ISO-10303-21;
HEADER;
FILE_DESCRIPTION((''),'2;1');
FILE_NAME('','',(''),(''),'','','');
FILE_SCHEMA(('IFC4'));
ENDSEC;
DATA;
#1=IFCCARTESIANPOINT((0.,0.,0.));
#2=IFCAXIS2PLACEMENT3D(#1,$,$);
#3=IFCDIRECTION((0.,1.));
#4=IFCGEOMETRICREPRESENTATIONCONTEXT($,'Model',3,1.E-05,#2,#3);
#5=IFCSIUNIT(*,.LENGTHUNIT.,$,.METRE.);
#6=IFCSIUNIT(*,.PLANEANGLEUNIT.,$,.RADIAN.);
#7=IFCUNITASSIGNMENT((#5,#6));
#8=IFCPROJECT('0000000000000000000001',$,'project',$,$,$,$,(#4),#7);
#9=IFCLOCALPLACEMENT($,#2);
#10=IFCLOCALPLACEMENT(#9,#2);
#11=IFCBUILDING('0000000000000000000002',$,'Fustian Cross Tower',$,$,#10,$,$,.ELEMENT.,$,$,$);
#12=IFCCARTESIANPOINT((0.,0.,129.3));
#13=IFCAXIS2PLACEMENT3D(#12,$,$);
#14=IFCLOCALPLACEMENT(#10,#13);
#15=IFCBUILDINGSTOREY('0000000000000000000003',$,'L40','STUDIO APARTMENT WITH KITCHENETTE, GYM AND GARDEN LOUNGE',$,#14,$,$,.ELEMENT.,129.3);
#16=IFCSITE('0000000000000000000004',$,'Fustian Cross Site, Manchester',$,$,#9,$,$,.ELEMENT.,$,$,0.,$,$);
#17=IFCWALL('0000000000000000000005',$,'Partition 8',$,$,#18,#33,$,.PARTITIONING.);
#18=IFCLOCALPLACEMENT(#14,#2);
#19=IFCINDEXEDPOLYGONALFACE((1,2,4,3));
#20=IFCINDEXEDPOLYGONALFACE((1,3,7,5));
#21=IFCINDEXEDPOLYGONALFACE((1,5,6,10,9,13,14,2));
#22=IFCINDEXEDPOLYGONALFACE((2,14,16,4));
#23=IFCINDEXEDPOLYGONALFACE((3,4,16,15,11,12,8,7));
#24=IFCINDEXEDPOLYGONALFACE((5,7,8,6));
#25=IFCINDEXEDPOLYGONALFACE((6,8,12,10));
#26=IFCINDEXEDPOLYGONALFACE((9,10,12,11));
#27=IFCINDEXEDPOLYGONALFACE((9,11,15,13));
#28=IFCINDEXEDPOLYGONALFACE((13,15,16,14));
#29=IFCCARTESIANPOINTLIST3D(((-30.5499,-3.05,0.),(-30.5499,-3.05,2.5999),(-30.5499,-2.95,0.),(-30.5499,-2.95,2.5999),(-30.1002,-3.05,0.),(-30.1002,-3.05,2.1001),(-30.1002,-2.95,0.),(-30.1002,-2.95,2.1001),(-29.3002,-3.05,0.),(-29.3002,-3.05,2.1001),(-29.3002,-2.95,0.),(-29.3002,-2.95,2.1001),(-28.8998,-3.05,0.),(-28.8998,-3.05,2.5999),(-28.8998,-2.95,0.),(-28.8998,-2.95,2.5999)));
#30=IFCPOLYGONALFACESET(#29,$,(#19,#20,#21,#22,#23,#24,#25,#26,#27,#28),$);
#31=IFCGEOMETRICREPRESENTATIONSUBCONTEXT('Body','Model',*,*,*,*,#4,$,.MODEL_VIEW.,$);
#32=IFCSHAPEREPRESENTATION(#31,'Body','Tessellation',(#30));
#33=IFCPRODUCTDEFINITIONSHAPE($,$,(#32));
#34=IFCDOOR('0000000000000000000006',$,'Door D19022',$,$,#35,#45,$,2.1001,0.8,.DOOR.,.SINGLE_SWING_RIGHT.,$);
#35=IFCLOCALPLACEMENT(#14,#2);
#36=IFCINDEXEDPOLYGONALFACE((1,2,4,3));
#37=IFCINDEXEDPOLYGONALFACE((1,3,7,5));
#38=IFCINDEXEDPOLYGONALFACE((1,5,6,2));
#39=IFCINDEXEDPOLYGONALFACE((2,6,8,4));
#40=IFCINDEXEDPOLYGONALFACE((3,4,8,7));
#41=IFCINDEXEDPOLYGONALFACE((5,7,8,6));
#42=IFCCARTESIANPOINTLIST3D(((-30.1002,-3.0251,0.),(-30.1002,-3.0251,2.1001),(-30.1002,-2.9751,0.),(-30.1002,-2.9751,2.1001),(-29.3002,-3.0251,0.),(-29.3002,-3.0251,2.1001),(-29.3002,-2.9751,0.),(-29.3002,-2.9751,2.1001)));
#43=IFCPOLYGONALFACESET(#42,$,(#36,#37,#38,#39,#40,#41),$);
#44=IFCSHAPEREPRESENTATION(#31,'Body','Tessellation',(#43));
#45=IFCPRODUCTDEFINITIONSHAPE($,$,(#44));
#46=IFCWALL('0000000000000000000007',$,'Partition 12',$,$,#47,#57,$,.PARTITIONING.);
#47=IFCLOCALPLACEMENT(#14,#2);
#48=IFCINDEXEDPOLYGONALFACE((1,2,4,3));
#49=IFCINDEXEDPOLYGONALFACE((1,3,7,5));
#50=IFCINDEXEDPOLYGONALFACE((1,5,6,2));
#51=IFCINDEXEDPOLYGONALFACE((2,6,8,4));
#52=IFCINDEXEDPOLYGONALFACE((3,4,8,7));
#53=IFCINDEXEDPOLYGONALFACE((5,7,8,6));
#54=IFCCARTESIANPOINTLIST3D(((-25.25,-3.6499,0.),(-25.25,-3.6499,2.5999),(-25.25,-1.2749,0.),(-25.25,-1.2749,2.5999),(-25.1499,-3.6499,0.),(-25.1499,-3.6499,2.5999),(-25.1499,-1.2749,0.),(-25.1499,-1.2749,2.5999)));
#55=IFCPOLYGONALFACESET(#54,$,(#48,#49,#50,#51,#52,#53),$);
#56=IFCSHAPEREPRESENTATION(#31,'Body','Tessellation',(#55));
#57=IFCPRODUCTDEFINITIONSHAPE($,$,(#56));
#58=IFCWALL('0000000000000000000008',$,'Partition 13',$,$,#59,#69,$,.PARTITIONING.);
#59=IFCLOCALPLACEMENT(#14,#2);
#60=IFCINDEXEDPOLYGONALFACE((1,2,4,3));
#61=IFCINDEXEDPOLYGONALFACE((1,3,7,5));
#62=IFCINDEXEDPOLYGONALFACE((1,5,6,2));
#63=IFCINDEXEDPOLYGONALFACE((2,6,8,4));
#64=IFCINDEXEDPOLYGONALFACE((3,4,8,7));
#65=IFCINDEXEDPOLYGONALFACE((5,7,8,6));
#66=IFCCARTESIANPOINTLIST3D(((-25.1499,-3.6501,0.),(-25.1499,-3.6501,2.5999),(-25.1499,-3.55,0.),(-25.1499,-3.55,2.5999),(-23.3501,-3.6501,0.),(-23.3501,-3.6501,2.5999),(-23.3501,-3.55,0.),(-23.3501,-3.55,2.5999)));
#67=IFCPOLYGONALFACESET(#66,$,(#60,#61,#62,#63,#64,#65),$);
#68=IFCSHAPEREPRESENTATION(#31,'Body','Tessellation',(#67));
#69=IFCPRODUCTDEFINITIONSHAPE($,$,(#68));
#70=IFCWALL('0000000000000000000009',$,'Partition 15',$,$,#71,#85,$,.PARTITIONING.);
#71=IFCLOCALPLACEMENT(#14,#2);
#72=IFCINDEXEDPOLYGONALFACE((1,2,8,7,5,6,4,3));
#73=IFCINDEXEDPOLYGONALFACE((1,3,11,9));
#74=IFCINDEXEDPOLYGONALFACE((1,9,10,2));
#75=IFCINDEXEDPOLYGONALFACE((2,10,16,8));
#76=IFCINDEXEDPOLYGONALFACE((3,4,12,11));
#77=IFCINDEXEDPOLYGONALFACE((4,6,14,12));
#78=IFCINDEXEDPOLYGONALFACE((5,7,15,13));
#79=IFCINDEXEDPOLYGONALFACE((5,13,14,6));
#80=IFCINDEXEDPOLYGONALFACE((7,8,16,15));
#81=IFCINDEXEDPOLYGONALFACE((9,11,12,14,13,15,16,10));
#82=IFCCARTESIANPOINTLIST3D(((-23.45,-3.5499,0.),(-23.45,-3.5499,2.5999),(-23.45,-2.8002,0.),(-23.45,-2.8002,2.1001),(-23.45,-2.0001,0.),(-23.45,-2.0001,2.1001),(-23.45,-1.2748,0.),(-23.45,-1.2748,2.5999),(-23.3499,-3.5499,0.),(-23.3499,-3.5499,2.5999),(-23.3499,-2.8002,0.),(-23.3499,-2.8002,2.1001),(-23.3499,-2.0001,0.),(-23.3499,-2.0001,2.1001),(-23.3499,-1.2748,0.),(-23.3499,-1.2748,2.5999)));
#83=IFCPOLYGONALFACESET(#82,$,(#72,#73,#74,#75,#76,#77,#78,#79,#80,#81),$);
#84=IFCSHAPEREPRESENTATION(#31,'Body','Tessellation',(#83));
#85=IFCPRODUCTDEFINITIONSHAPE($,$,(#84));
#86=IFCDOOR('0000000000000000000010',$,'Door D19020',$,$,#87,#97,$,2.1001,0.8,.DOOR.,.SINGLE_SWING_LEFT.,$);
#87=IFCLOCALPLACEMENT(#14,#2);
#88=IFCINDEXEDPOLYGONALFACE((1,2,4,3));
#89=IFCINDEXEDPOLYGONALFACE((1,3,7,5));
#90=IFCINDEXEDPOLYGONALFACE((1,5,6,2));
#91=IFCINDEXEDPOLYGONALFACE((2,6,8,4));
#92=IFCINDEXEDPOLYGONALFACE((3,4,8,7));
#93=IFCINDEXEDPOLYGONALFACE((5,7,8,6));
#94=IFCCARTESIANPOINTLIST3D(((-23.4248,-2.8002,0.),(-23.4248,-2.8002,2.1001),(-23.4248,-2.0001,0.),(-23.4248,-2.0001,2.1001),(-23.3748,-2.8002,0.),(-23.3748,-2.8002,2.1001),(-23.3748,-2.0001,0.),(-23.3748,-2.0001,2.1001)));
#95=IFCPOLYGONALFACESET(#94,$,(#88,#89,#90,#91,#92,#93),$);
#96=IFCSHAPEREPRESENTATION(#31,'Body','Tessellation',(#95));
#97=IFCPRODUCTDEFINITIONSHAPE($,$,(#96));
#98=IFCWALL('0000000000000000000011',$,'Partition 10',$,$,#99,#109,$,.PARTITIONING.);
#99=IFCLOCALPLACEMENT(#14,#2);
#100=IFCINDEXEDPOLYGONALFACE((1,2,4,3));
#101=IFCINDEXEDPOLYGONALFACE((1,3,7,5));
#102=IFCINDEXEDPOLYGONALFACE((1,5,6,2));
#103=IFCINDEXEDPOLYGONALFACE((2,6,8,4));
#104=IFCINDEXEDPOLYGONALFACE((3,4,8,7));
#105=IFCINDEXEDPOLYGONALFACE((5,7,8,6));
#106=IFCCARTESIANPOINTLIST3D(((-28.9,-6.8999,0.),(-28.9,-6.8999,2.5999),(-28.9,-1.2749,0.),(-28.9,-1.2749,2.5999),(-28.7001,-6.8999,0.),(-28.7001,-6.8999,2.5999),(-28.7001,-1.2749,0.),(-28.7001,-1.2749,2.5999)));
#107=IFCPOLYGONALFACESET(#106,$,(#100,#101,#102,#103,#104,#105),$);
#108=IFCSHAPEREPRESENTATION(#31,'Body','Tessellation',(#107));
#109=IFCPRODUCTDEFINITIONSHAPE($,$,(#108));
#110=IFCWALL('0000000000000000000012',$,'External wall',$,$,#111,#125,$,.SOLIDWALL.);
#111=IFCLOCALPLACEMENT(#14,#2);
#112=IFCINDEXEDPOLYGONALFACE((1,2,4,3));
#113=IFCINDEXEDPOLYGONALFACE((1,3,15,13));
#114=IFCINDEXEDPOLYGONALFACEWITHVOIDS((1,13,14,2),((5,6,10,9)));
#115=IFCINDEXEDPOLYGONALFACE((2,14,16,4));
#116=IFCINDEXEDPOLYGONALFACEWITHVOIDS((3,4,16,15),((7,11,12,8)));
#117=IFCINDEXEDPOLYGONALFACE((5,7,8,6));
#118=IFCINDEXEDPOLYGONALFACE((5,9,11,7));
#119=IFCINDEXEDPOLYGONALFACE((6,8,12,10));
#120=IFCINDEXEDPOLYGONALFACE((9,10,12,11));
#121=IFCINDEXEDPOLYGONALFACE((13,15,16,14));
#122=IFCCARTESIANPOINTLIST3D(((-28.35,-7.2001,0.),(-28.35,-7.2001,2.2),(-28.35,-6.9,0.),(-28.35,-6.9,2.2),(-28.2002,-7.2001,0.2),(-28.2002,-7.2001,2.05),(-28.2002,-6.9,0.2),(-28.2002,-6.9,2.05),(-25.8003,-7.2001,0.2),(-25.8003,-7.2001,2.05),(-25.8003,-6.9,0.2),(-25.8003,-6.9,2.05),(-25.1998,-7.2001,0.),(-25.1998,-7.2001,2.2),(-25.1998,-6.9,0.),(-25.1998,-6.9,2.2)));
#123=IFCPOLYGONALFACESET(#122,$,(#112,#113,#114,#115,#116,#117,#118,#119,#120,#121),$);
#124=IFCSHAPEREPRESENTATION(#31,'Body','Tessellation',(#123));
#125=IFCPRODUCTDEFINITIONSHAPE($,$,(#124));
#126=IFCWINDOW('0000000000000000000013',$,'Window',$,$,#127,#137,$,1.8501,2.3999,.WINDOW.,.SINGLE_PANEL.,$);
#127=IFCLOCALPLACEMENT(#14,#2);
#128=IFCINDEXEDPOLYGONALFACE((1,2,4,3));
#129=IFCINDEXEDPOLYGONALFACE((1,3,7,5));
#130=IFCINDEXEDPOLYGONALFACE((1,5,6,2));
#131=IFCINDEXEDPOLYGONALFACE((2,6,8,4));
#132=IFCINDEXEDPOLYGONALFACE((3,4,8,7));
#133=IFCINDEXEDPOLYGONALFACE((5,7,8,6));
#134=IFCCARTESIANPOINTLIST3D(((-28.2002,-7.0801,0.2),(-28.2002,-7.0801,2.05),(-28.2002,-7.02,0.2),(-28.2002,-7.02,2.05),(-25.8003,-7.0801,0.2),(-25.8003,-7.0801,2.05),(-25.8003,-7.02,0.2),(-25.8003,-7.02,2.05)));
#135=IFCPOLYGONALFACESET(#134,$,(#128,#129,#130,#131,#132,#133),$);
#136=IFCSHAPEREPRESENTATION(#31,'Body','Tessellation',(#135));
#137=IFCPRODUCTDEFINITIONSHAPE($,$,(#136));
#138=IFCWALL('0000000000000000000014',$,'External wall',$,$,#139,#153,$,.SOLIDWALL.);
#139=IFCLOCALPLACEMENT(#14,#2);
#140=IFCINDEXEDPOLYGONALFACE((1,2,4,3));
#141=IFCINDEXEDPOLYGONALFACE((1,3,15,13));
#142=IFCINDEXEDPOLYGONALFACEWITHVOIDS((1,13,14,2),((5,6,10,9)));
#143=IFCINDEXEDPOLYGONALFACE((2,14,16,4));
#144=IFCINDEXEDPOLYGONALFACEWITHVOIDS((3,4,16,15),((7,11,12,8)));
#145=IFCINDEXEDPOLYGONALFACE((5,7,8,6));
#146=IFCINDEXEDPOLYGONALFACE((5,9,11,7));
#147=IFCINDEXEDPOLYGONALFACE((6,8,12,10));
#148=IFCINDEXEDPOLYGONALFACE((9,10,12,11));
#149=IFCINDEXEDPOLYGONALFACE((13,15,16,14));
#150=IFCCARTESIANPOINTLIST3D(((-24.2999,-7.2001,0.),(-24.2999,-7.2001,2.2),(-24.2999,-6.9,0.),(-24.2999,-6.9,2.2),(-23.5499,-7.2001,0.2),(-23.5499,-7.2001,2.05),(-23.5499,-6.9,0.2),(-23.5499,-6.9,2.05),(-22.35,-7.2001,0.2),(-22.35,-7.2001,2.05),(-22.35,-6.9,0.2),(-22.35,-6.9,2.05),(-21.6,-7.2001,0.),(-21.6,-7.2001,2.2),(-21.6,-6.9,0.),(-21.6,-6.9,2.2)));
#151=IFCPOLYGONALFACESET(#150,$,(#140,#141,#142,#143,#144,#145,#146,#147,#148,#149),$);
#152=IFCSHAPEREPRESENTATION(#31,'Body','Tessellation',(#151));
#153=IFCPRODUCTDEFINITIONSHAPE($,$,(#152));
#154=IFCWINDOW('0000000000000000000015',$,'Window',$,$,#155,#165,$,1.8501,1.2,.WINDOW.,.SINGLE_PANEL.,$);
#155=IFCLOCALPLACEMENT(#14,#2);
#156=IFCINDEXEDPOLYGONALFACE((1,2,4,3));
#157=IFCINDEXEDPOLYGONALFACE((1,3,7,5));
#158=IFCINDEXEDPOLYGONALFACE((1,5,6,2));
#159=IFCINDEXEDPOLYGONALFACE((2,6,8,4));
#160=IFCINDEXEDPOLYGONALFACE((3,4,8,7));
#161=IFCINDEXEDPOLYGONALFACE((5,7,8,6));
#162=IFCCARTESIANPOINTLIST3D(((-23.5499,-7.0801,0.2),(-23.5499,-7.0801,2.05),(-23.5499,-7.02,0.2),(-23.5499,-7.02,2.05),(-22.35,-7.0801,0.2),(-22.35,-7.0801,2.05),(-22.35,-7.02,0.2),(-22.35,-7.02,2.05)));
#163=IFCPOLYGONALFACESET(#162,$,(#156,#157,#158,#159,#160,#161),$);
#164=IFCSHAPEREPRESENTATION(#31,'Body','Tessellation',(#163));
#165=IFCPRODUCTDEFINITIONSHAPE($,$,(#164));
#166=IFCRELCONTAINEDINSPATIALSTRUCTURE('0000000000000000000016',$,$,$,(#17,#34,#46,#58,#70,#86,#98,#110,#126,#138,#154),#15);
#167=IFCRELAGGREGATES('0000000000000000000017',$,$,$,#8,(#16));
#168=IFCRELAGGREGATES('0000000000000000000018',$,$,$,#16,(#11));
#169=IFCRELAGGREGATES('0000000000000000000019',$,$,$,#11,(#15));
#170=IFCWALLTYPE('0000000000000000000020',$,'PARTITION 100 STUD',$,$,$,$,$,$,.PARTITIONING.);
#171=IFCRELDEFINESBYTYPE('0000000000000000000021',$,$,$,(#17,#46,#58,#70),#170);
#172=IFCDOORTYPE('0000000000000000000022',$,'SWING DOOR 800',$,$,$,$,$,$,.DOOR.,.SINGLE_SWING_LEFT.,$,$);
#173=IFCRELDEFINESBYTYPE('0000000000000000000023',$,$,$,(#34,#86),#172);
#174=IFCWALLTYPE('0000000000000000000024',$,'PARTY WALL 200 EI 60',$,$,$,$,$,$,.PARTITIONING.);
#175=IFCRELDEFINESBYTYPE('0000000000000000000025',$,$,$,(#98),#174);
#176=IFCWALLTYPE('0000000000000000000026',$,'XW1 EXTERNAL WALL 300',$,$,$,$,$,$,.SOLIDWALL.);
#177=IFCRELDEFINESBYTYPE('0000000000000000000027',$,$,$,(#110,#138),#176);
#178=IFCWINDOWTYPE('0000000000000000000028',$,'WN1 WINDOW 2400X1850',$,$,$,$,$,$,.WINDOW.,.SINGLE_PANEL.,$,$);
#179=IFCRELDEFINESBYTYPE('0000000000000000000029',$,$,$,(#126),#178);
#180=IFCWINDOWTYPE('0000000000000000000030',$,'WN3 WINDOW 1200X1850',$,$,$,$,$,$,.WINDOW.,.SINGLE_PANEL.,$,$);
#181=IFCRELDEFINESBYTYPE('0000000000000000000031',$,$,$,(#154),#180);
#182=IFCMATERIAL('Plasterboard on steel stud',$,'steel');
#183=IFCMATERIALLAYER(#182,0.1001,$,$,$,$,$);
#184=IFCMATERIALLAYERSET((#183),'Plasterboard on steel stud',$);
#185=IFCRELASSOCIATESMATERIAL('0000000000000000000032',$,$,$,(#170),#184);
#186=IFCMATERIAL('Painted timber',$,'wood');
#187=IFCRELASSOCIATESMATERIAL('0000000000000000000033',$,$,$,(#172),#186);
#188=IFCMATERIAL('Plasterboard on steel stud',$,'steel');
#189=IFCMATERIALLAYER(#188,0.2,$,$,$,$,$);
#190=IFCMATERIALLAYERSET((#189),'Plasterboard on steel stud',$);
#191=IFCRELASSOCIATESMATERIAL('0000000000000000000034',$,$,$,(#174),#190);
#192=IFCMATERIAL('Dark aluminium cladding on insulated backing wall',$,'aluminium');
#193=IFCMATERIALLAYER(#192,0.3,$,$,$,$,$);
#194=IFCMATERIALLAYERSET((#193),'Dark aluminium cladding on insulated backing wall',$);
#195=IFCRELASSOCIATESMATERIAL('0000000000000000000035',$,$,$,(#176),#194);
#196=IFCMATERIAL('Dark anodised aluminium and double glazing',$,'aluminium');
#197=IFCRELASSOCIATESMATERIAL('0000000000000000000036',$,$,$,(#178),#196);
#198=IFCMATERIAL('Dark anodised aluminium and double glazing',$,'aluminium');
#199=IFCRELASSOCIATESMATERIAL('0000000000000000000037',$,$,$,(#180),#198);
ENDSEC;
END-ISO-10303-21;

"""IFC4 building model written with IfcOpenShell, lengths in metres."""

from ifc_helpers import new_model, si_unit, direction, frame, frame_2d, origin, place, context, subcontext, project, spatial, rectangle, extrude, material, layer, layer_set, type_object, element, fill, save


model = new_model("IFC4")

# Units and contexts
model_context = context("Model", 3, precision=1e-05, world=origin(), true_north=direction((0.0, 1.0)))
body_context = subcontext(model_context, "Body", "Model", "MODEL_VIEW")
ifc_project = project(units=[si_unit("LENGTHUNIT", "METRE"), si_unit("PLANEANGLEUNIT", "RADIAN")], contexts=[model_context])

# Site, building, storey
site_placement = place(None, origin())
site = spatial("IfcSite", under=ifc_project, at=site_placement, Name="Fustian Cross Site, Manchester", CompositionType="ELEMENT", RefElevation=0.0)
building_placement = place(site_placement, origin())
building = spatial("IfcBuilding", under=site, at=building_placement, Name="Fustian Cross Tower", CompositionType="ELEMENT")
storey_placement = place(building_placement, frame((0.0, 0.0, 129.3)))
storey = spatial("IfcBuildingStorey", under=building, at=storey_placement, Name="L40", Description="STUDIO APARTMENT WITH KITCHENETTE, GYM AND GARDEN LOUNGE", CompositionType="ELEMENT", Elevation=129.3)

# Shared definitions
ifc_material_1 = material(Name="Plasterboard on steel stud", Category="steel")
ifc_layer_1 = layer(ifc_material_1, 0.1001)
ifc_layer_set_1 = layer_set([ifc_layer_1], Name="Plasterboard on steel stud")
wall_type_1 = type_object("IfcWallType", Name="PARTITION 100 STUD", PredefinedType="PARTITIONING", material=ifc_layer_set_1)

# Wall, opening, door
wall_1_placement = place(storey_placement, frame((-30.55, -3.0, 0.0), z_axis=(0.0, 0.0, 1.0), x_axis=(1.0, 0.0, 0.0)))
wall_1 = element("IfcWall", 1, at=wall_1_placement, inside=storey, type_object=wall_type_1, Name="Partition 8", PredefinedType="PARTITIONING", context=body_context, shape_type="SweptSolid", body=[
    extrude(rectangle(XDim=1.6501, YDim=0.1001, at=frame_2d((0.8252, 0.0))), origin(), (0.0, 0.0, 1.0), 2.5999),
])
opening_1_placement = place(wall_1_placement, frame((0.45, 0.0, 0.0)))
opening_1 = element("IfcOpeningElement", 2, at=opening_1_placement, cuts=wall_1, PredefinedType="OPENING", context=body_context, shape_type="SweptSolid", body=[
    extrude(rectangle(XDim=0.8, YDim=2.1001, at=frame_2d((0.3999, 1.05))), frame((0.0, 0.0601, 0.0), z_axis=(0.0, -1.0, 0.0), x_axis=(1.0, 0.0, 0.0)), (0.0, 0.0, 1.0), 0.1201),
])
ifc_material_2 = material(Name="Painted timber", Category="wood")
door_type_1 = type_object("IfcDoorType", Name="SWING DOOR 800", OperationType="SINGLE_SWING_LEFT", PredefinedType="DOOR", material=ifc_material_2)
door_1_placement = place(opening_1_placement, origin())
door_1 = element("IfcDoor", 3, at=door_1_placement, inside=storey, type_object=door_type_1, Name="Door D19022", OperationType="SINGLE_SWING_RIGHT", OverallHeight=2.1001, OverallWidth=0.8, PredefinedType="DOOR", context=body_context, shape_type="SweptSolid", body=[
    extrude(rectangle(XDim=0.8, YDim=2.1001, at=frame_2d((0.3999, 1.05))), frame((0.0, 0.0249, 0.0), z_axis=(0.0, -1.0, 0.0), x_axis=(1.0, 0.0, 0.0)), (0.0, 0.0, 1.0), 0.05),
])
fill(opening_1, door_1)

# Walls
wall_2_placement = place(storey_placement, frame((-25.2, -3.6499, 0.0), z_axis=(0.0, 0.0, 1.0), x_axis=(0.0, 1.0, 0.0)))
element("IfcWall", 4, at=wall_2_placement, inside=storey, type_object=wall_type_1, Name="Partition 12", PredefinedType="PARTITIONING", context=body_context, shape_type="SweptSolid", body=[
    extrude(rectangle(XDim=2.375, YDim=0.1001, at=frame_2d((1.1875, 0.0))), origin(), (0.0, 0.0, 1.0), 2.5999),
])
wall_3_placement = place(storey_placement, frame((-25.1499, -3.6001, 0.0), z_axis=(0.0, 0.0, 1.0), x_axis=(1.0, 0.0, 0.0)))
element("IfcWall", 5, at=wall_3_placement, inside=storey, type_object=wall_type_1, Name="Partition 13", PredefinedType="PARTITIONING", context=body_context, shape_type="SweptSolid", body=[
    extrude(rectangle(XDim=1.7998, YDim=0.1001, at=frame_2d((0.8999, 0.0))), origin(), (0.0, 0.0, 1.0), 2.5999),
])

# Wall, opening, door
wall_4_placement = place(storey_placement, frame((-23.3999, -3.55, 0.0), z_axis=(0.0, 0.0, 1.0), x_axis=(0.0, 1.0, 0.0)))
wall_4 = element("IfcWall", 6, at=wall_4_placement, inside=storey, type_object=wall_type_1, Name="Partition 15", PredefinedType="PARTITIONING", context=body_context, shape_type="SweptSolid", body=[
    extrude(rectangle(XDim=2.2751, YDim=0.1001, at=frame_2d((1.1377, 0.0))), origin(), (0.0, 0.0, 1.0), 2.5999),
])
opening_2_placement = place(wall_4_placement, frame((0.75, 0.0, 0.0)))
opening_2 = element("IfcOpeningElement", 7, at=opening_2_placement, cuts=wall_4, PredefinedType="OPENING", context=body_context, shape_type="SweptSolid", body=[
    extrude(rectangle(XDim=0.8, YDim=2.1001, at=frame_2d((0.3999, 1.05))), frame((0.0, 0.0601, 0.0), z_axis=(0.0, -1.0, 0.0), x_axis=(1.0, 0.0, 0.0)), (0.0, 0.0, 1.0), 0.1201),
])
door_2_placement = place(opening_2_placement, origin())
door_2 = element("IfcDoor", 8, at=door_2_placement, inside=storey, type_object=door_type_1, Name="Door D19020", OperationType="SINGLE_SWING_LEFT", OverallHeight=2.1001, OverallWidth=0.8, PredefinedType="DOOR", context=body_context, shape_type="SweptSolid", body=[
    extrude(rectangle(XDim=0.8, YDim=2.1001, at=frame_2d((0.3999, 1.05))), frame((0.0, 0.0249, 0.0), z_axis=(0.0, -1.0, 0.0), x_axis=(1.0, 0.0, 0.0)), (0.0, 0.0, 1.0), 0.05),
])
fill(opening_2, door_2)

# Wall
ifc_material_3 = material(Name="Plasterboard on steel stud", Category="steel")
ifc_layer_2 = layer(ifc_material_3, 0.2)
ifc_layer_set_2 = layer_set([ifc_layer_2], Name="Plasterboard on steel stud")
wall_type_2 = type_object("IfcWallType", Name="PARTY WALL 200 EI 60", PredefinedType="PARTITIONING", material=ifc_layer_set_2)
wall_5_placement = place(storey_placement, frame((-28.8, -6.8999, 0.0), z_axis=(0.0, 0.0, 1.0), x_axis=(0.0, 1.0, 0.0)))
element("IfcWall", 9, at=wall_5_placement, inside=storey, type_object=wall_type_2, Name="Partition 10", PredefinedType="PARTITIONING", context=body_context, shape_type="SweptSolid", body=[
    extrude(rectangle(XDim=5.625, YDim=0.2, at=frame_2d((2.8125, 0.0))), origin(), (0.0, 0.0, 1.0), 2.5999),
])

# Walls, openings, windows
ifc_material_4 = material(Name="Dark aluminium cladding on insulated backing wall", Category="aluminium")
ifc_layer_3 = layer(ifc_material_4, 0.3)
ifc_layer_set_3 = layer_set([ifc_layer_3], Name="Dark aluminium cladding on insulated backing wall")
wall_type_3 = type_object("IfcWallType", Name="XW1 EXTERNAL WALL 300", PredefinedType="SOLIDWALL", material=ifc_layer_set_3)
wall_6_placement = place(storey_placement, frame((-28.3501, -7.05, 0.0), z_axis=(0.0, 0.0, 1.0), x_axis=(1.0, 0.0, 0.0)))
wall_6 = element("IfcWall", 10, at=wall_6_placement, inside=storey, type_object=wall_type_3, Name="External wall", PredefinedType="SOLIDWALL", context=body_context, shape_type="SweptSolid", body=[
    extrude(rectangle(XDim=3.1501, YDim=0.3, at=frame_2d((1.5752, 0.0))), origin(), (0.0, 0.0, 1.0), 2.2),
])
opening_3_placement = place(wall_6_placement, frame((0.1499, 0.0, 0.2)))
opening_3 = element("IfcOpeningElement", 11, at=opening_3_placement, cuts=wall_6, PredefinedType="OPENING", context=body_context, shape_type="SweptSolid", body=[
    extrude(rectangle(XDim=2.3999, YDim=1.8501, at=frame_2d((1.2, 0.925))), frame((0.0, 0.1599, 0.0), z_axis=(0.0, -1.0, 0.0), x_axis=(1.0, 0.0, 0.0)), (0.0, 0.0, 1.0), 0.3201),
])
ifc_material_5 = material(Name="Dark anodised aluminium and double glazing", Category="aluminium")
window_type_1 = type_object("IfcWindowType", Name="WN1 WINDOW 2400X1850", PartitioningType="SINGLE_PANEL", PredefinedType="WINDOW", material=ifc_material_5)
window_1_placement = place(opening_3_placement, origin())
window_1 = element("IfcWindow", 12, at=window_1_placement, inside=storey, type_object=window_type_1, Name="Window", OverallHeight=1.8501, OverallWidth=2.3999, PartitioningType="SINGLE_PANEL", PredefinedType="WINDOW", context=body_context, shape_type="SweptSolid", body=[
    extrude(rectangle(XDim=2.3999, YDim=1.8501, at=frame_2d((1.2, 0.925))), frame((0.0, 0.03, 0.0), z_axis=(0.0, -1.0, 0.0), x_axis=(1.0, 0.0, 0.0)), (0.0, 0.0, 1.0), 0.0601),
])
fill(opening_3, window_1)
wall_7_placement = place(storey_placement, frame((-24.3, -7.05, 0.0), z_axis=(0.0, 0.0, 1.0), x_axis=(1.0, 0.0, 0.0)))
wall_7 = element("IfcWall", 13, at=wall_7_placement, inside=storey, type_object=wall_type_3, Name="External wall", PredefinedType="SOLIDWALL", context=body_context, shape_type="SweptSolid", body=[
    extrude(rectangle(XDim=2.7, YDim=0.3, at=frame_2d((1.3501, 0.0))), origin(), (0.0, 0.0, 1.0), 2.2),
])
opening_4_placement = place(wall_7_placement, frame((0.75, 0.0, 0.2)))
opening_4 = element("IfcOpeningElement", 14, at=opening_4_placement, cuts=wall_7, PredefinedType="OPENING", context=body_context, shape_type="SweptSolid", body=[
    extrude(rectangle(XDim=1.2, YDim=1.8501, at=frame_2d((0.6001, 0.925))), frame((0.0, 0.1599, 0.0), z_axis=(0.0, -1.0, 0.0), x_axis=(1.0, 0.0, 0.0)), (0.0, 0.0, 1.0), 0.3201),
])
ifc_material_6 = material(Name="Dark anodised aluminium and double glazing", Category="aluminium")
window_type_2 = type_object("IfcWindowType", Name="WN3 WINDOW 1200X1850", PartitioningType="SINGLE_PANEL", PredefinedType="WINDOW", material=ifc_material_6)
window_2_placement = place(opening_4_placement, origin())
window_2 = element("IfcWindow", 15, at=window_2_placement, inside=storey, type_object=window_type_2, Name="Window", OverallHeight=1.8501, OverallWidth=1.2, PartitioningType="SINGLE_PANEL", PredefinedType="WINDOW", context=body_context, shape_type="SweptSolid", body=[
    extrude(rectangle(XDim=1.2, YDim=1.8501, at=frame_2d((0.6001, 0.925))), frame((0.0, 0.03, 0.0), z_axis=(0.0, -1.0, 0.0), x_axis=(1.0, 0.0, 0.0)), (0.0, 0.0, 1.0), 0.0601),
])
fill(opening_4, window_2)

save(model, "model.ifc")
